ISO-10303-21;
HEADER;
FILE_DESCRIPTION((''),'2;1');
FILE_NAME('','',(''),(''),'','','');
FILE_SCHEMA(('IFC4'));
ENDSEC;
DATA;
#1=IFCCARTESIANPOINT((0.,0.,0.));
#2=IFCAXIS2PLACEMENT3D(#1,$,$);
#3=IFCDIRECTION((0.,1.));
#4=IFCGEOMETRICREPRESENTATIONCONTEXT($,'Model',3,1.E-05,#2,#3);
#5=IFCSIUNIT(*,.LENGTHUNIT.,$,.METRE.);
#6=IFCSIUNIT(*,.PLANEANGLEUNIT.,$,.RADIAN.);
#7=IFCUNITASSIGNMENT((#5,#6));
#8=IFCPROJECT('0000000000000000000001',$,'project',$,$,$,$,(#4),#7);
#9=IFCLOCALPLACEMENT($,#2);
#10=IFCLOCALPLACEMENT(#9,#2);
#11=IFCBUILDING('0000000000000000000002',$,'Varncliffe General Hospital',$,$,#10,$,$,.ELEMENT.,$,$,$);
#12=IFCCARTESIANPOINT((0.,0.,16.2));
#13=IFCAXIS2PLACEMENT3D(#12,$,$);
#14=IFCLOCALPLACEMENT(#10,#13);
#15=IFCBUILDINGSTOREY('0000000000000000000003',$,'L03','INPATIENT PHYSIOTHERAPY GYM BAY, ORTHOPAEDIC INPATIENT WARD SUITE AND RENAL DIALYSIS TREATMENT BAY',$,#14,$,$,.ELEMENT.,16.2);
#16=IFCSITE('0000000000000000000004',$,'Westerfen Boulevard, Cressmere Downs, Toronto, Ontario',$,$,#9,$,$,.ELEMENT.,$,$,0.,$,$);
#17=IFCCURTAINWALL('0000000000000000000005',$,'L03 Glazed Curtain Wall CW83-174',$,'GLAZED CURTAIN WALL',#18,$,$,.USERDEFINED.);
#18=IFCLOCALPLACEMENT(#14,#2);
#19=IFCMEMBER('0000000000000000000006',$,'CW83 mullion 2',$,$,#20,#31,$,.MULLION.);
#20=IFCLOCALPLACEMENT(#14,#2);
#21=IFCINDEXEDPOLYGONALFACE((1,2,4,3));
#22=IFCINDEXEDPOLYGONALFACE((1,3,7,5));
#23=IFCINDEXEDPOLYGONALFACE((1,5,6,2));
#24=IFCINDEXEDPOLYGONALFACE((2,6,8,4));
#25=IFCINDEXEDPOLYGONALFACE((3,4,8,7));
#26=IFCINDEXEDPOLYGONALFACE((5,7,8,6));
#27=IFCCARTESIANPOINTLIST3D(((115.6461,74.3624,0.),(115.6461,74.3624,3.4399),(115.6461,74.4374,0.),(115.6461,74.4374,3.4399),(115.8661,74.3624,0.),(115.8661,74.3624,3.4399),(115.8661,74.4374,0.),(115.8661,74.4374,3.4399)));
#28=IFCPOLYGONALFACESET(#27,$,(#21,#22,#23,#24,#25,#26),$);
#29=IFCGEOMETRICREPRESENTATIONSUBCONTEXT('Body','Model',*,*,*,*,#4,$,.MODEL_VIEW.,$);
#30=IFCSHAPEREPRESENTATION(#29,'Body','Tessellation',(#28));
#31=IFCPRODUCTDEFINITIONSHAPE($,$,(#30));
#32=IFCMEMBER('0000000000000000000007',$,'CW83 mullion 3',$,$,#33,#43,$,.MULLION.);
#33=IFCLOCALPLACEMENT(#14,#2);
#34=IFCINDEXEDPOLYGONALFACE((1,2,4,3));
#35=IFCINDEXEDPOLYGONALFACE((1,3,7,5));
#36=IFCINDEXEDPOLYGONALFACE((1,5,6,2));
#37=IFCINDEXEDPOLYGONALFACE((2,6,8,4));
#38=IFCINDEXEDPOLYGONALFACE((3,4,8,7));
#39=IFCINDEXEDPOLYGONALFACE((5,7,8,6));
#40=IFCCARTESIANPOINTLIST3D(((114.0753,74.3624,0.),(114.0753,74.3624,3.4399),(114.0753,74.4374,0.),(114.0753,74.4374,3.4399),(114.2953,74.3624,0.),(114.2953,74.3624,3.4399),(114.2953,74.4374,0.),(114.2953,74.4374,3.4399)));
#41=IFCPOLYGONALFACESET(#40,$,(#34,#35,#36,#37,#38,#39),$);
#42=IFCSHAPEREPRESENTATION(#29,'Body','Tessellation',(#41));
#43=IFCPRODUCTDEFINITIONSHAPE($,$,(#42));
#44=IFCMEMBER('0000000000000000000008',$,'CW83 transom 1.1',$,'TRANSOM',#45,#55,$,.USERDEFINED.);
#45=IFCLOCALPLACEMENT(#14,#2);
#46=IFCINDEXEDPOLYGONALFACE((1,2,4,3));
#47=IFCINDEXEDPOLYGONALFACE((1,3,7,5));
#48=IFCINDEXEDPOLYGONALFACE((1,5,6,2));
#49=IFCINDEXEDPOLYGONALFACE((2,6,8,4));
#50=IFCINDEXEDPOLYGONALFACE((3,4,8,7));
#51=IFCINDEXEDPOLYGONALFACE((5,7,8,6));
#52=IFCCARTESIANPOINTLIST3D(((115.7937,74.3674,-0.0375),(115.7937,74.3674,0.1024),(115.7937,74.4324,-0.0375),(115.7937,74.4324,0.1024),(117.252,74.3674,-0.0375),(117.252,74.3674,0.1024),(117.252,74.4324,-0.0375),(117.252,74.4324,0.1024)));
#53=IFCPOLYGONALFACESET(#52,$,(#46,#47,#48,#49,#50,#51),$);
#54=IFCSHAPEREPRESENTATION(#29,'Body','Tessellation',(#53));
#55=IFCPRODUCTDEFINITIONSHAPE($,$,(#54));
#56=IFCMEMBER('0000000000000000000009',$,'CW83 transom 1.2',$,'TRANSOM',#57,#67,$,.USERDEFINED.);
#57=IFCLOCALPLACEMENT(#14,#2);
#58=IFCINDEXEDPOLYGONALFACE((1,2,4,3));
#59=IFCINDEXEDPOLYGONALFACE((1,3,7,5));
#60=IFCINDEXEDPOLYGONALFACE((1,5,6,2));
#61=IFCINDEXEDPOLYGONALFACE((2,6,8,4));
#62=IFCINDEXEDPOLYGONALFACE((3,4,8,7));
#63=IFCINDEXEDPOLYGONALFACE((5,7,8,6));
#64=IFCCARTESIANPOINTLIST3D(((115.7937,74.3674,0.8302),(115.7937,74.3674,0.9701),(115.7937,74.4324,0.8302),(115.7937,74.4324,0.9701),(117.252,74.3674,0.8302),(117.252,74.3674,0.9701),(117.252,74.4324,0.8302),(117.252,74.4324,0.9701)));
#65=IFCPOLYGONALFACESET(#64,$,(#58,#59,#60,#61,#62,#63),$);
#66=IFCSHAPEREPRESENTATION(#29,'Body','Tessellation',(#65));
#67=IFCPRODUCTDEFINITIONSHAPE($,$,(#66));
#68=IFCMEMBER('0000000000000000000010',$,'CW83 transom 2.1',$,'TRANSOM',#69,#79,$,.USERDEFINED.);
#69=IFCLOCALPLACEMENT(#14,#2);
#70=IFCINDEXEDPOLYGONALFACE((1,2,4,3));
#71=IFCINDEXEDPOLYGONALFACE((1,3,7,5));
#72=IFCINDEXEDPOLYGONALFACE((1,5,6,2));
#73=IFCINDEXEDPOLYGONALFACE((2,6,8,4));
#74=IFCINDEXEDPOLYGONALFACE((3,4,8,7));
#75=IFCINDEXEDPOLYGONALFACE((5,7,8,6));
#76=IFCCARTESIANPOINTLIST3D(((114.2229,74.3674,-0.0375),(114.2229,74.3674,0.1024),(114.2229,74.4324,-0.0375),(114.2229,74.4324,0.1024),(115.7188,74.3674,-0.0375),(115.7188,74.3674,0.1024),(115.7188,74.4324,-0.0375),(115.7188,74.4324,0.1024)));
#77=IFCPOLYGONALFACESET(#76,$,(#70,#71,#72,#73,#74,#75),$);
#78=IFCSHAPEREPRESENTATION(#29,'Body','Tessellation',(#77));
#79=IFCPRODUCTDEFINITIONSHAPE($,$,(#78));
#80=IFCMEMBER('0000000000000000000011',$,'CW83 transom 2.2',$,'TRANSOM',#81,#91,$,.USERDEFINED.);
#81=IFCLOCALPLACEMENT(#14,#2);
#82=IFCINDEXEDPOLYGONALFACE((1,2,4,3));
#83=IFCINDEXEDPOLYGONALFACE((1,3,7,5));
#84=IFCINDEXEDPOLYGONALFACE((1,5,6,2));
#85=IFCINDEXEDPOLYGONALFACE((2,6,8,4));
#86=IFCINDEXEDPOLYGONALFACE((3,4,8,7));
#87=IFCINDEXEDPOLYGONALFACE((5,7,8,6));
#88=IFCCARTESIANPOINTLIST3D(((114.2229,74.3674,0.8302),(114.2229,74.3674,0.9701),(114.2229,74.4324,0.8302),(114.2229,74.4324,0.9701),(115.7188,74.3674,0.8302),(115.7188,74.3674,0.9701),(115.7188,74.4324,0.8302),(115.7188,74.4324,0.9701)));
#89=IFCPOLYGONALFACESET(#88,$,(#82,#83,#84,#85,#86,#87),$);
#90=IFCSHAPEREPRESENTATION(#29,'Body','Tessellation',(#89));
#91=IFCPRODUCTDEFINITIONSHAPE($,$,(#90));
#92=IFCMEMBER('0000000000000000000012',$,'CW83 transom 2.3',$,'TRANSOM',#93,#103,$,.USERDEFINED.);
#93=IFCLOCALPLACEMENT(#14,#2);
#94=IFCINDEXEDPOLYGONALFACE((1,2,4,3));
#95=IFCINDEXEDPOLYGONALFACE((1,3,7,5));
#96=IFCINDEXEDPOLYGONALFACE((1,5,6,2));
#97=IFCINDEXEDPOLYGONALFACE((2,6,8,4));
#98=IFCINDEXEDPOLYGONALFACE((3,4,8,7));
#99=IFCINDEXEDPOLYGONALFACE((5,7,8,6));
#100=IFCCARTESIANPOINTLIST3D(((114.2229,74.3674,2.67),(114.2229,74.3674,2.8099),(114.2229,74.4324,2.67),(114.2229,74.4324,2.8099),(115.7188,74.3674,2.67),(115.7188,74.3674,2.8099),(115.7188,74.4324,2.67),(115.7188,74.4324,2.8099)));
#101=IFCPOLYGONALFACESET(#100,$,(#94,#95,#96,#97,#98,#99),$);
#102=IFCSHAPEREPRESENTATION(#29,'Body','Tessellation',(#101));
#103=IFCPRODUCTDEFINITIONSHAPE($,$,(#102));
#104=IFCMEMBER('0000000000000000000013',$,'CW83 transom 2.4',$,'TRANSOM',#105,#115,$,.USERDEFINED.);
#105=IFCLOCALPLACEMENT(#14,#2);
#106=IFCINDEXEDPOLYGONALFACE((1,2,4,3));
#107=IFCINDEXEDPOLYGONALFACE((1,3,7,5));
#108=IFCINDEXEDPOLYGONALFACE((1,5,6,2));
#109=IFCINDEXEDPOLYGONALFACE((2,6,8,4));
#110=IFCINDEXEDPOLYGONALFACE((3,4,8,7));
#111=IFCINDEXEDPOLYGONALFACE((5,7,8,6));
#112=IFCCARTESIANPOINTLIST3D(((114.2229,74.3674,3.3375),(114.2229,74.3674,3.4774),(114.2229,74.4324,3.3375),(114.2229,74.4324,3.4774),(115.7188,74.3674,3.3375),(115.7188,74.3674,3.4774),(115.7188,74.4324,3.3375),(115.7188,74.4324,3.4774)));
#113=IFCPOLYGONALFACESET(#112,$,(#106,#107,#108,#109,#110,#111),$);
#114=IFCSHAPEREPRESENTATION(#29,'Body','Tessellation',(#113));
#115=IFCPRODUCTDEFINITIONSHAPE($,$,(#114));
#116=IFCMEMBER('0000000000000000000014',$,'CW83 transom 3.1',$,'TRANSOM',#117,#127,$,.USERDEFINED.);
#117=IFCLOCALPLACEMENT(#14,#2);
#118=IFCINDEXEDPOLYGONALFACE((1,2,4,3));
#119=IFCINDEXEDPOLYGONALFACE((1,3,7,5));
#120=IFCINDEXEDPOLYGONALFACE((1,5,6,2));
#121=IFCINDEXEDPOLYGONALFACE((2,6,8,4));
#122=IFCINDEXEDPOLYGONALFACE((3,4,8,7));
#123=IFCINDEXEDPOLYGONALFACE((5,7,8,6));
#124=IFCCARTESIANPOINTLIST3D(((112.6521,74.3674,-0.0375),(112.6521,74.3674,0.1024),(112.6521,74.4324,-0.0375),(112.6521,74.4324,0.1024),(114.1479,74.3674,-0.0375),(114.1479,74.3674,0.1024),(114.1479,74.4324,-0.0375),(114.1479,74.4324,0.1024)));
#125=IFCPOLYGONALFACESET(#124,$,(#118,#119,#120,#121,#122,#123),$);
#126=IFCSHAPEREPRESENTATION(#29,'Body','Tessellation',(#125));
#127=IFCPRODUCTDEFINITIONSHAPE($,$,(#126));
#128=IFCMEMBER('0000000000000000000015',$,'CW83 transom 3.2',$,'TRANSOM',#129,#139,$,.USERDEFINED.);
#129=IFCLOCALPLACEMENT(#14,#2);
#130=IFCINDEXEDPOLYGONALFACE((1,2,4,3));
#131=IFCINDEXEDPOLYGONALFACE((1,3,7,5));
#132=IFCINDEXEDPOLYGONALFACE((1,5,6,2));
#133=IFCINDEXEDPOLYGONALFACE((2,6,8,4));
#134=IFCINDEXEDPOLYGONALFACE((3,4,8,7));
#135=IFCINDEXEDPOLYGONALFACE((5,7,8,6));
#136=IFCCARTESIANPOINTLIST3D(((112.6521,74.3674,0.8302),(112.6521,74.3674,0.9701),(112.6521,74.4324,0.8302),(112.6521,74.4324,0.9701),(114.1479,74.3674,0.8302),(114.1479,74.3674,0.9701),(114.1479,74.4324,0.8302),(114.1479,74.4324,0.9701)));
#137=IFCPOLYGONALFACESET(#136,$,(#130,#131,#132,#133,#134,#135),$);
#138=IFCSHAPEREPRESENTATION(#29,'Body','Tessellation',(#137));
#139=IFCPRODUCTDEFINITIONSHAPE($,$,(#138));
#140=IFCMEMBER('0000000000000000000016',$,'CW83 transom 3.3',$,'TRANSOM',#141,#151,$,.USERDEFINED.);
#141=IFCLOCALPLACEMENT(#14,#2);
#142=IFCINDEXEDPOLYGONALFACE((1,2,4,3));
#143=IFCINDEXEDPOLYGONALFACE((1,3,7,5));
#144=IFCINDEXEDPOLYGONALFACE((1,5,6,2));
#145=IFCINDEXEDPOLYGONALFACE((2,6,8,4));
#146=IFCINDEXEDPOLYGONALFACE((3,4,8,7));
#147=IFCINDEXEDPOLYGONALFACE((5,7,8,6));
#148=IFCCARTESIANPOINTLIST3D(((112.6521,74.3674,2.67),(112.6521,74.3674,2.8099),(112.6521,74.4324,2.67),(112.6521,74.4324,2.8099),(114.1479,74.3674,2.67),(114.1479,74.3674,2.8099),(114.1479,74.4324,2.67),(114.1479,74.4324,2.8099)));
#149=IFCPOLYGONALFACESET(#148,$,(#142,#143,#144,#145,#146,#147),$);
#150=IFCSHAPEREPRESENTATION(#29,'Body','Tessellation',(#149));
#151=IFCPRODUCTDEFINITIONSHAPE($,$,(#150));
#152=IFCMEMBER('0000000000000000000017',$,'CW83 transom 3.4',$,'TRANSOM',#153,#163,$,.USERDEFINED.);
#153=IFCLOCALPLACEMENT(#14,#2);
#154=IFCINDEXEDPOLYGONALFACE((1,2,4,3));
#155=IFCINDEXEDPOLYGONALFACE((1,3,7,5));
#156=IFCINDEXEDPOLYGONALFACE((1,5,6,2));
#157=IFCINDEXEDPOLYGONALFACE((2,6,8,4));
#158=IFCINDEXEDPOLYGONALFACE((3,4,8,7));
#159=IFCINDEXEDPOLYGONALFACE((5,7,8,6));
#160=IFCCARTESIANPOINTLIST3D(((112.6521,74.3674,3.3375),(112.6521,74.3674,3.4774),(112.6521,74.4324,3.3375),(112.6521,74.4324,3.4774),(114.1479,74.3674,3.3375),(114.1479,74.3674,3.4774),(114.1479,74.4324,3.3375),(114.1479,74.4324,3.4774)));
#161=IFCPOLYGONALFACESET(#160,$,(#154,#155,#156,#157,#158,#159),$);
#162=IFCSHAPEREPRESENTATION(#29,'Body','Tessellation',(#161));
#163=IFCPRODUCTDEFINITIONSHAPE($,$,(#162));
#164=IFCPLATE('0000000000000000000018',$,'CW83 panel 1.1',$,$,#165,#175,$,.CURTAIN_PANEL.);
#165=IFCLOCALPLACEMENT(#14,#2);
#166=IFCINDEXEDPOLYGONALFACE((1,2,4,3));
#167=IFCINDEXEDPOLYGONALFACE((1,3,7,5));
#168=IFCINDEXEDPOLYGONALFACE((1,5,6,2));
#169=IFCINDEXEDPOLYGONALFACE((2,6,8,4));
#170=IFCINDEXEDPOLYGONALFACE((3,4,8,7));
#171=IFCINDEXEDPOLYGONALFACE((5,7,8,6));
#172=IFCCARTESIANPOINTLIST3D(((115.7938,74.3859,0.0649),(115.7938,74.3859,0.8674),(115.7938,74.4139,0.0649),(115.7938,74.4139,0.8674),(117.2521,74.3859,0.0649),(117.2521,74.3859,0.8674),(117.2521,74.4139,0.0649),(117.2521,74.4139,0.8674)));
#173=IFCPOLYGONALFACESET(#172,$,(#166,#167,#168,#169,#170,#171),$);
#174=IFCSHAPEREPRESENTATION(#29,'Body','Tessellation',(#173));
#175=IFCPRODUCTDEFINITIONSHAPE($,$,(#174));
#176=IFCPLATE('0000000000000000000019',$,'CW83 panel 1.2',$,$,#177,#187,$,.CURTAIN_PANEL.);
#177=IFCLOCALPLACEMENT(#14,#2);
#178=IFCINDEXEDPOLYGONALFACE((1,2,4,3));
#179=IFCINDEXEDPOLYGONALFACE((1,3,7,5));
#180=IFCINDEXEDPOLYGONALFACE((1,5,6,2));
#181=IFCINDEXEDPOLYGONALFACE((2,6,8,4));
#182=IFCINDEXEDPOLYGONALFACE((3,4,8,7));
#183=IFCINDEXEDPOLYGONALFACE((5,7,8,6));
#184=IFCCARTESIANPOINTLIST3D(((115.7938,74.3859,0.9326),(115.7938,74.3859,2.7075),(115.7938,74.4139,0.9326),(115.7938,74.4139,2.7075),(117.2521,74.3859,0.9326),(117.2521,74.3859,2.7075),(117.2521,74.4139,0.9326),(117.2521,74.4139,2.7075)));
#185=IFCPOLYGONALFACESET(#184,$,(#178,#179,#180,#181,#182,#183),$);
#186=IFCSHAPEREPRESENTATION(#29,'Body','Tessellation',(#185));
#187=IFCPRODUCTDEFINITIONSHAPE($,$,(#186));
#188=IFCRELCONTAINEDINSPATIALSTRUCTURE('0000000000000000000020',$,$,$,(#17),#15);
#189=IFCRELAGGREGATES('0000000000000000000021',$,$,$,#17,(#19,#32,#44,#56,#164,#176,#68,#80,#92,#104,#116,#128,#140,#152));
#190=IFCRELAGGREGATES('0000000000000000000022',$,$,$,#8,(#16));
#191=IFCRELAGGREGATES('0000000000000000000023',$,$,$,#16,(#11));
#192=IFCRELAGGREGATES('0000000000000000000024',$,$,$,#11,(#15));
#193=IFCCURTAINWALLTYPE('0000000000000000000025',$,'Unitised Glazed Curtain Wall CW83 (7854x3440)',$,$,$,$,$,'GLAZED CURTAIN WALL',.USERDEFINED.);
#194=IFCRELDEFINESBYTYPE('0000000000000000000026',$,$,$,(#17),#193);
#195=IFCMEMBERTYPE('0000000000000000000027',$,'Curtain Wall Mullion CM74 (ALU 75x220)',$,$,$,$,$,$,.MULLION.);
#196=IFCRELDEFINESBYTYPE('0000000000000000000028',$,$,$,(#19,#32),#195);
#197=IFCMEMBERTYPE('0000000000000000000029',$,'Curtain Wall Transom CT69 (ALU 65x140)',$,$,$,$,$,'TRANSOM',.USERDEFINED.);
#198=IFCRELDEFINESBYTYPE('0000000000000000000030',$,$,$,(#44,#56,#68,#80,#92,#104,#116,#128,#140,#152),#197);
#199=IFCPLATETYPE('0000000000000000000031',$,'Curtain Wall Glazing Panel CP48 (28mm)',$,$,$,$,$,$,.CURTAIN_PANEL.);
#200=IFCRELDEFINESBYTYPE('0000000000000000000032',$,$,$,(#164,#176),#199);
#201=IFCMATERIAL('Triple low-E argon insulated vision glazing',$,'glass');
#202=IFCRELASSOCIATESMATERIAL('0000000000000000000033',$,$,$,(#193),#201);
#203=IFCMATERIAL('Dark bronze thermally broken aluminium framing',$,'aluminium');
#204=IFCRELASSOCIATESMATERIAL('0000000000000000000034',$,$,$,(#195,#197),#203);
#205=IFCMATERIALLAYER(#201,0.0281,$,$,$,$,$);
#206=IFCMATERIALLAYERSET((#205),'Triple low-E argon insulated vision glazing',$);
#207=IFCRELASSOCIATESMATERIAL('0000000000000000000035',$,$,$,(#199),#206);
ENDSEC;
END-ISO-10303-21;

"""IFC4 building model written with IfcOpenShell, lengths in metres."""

from ifc_helpers import new_model, si_unit, direction, frame, origin, origin_2d, place, context, subcontext, project, spatial, rectangle, extrude, material, layer, layer_set, material_profile, profile_set, type_object, element, aggregate, save


model = new_model("IFC4")

# Units and contexts
model_context = context("Model", 3, precision=1e-05, world=origin(), true_north=direction((0.0, 1.0)))
body_context = subcontext(model_context, "Body", "Model", "MODEL_VIEW")
ifc_project = project(units=[si_unit("LENGTHUNIT", "METRE"), si_unit("PLANEANGLEUNIT", "RADIAN")], contexts=[model_context])

# Site, building, storey
site_placement = place(None, origin())
site = spatial("IfcSite", under=ifc_project, at=site_placement, Name="Westerfen Boulevard, Cressmere Downs, Toronto, Ontario", CompositionType="ELEMENT", RefElevation=0.0)
building_placement = place(site_placement, origin())
building = spatial("IfcBuilding", under=site, at=building_placement, Name="Varncliffe General Hospital", CompositionType="ELEMENT")
storey_placement = place(building_placement, frame((0.0, 0.0, 16.2)))
storey = spatial("IfcBuildingStorey", under=building, at=storey_placement, Name="L03", Description="INPATIENT PHYSIOTHERAPY GYM BAY, ORTHOPAEDIC INPATIENT WARD SUITE AND RENAL DIALYSIS TREATMENT BAY", CompositionType="ELEMENT", Elevation=16.2)

# Curtain wall, members, plates
ifc_material_1 = material(Name="Triple low-E argon insulated vision glazing", Category="glass")
curtain_wall_type = type_object("IfcCurtainWallType", Name="Unitised Glazed Curtain Wall CW83 (7854x3440)", ElementType="GLAZED CURTAIN WALL", PredefinedType="USERDEFINED", material=ifc_material_1)
curtain_wall_placement = place(storey_placement, origin())
curtain_wall = element("IfcCurtainWall", 1, at=curtain_wall_placement, inside=storey, type_object=curtain_wall_type, Name="L03 Glazed Curtain Wall CW83-174", ObjectType="GLAZED CURTAIN WALL", PredefinedType="USERDEFINED")
ifc_material_2 = material(Name="Dark bronze thermally broken aluminium framing", Category="aluminium")
ifc_material_profile_1 = material_profile(ifc_material_2, rectangle(XDim=0.075, YDim=0.22, at=origin_2d()), Name="ALU 75x220")
ifc_profile_set_1 = profile_set([ifc_material_profile_1], Name="Dark bronze thermally broken aluminium framing")
member_type_1 = type_object("IfcMemberType", Name="Curtain Wall Mullion CM74 (ALU 75x220)", PredefinedType="MULLION", material=ifc_profile_set_1)
member_1_placement = place(storey_placement, frame((115.7561, 74.3999, 0.0), z_axis=(0.0, 0.0, 1.0), x_axis=(0.0, -1.0, 0.0)))
member_1 = element("IfcMember", 2, at=member_1_placement, type_object=member_type_1, Name="CW83 mullion 2", PredefinedType="MULLION", context=body_context, shape_type="SweptSolid", body=[
    extrude(rectangle(XDim=0.075, YDim=0.22, at=origin_2d()), origin(), (0.0, 0.0, 1.0), 3.4399),
])
member_2_placement = place(storey_placement, frame((114.1853, 74.3999, 0.0), z_axis=(0.0, 0.0, 1.0), x_axis=(0.0, -1.0, 0.0)))
member_2 = element("IfcMember", 3, at=member_2_placement, type_object=member_type_1, Name="CW83 mullion 3", PredefinedType="MULLION", context=body_context, shape_type="SweptSolid", body=[
    extrude(rectangle(XDim=0.075, YDim=0.22, at=origin_2d()), origin(), (0.0, 0.0, 1.0), 3.4399),
])
ifc_material_profile_2 = material_profile(ifc_material_2, rectangle(XDim=0.0649, YDim=0.1399, at=origin_2d()), Name="ALU 65x140")
ifc_profile_set_2 = profile_set([ifc_material_profile_2], Name="Dark bronze thermally broken aluminium framing")
member_type_2 = type_object("IfcMemberType", Name="Curtain Wall Transom CT69 (ALU 65x140)", ElementType="TRANSOM", PredefinedType="USERDEFINED", material=ifc_profile_set_2)
member_3_placement = place(storey_placement, frame((117.252, 74.3999, 0.0325), z_axis=(-1.0, 0.0, 0.0), x_axis=(0.0, -1.0, 0.0)))
member_3 = element("IfcMember", 4, at=member_3_placement, type_object=member_type_2, Name="CW83 transom 1.1", ObjectType="TRANSOM", PredefinedType="USERDEFINED", context=body_context, shape_type="SweptSolid", body=[
    extrude(rectangle(XDim=0.0649, YDim=0.1399, at=origin_2d()), origin(), (0.0, 0.0, 1.0), 1.4583),
])
member_4_placement = place(storey_placement, frame((117.252, 74.3999, 0.9001), z_axis=(-1.0, 0.0, 0.0), x_axis=(0.0, -1.0, 0.0)))
member_4 = element("IfcMember", 5, at=member_4_placement, type_object=member_type_2, Name="CW83 transom 1.2", ObjectType="TRANSOM", PredefinedType="USERDEFINED", context=body_context, shape_type="SweptSolid", body=[
    extrude(rectangle(XDim=0.0649, YDim=0.1399, at=origin_2d()), origin(), (0.0, 0.0, 1.0), 1.4583),
])
member_5_placement = place(storey_placement, frame((115.7188, 74.3999, 0.0325), z_axis=(-1.0, 0.0, 0.0), x_axis=(0.0, -1.0, 0.0)))
member_5 = element("IfcMember", 6, at=member_5_placement, type_object=member_type_2, Name="CW83 transom 2.1", ObjectType="TRANSOM", PredefinedType="USERDEFINED", context=body_context, shape_type="SweptSolid", body=[
    extrude(rectangle(XDim=0.0649, YDim=0.1399, at=origin_2d()), origin(), (0.0, 0.0, 1.0), 1.4958),
])
member_6_placement = place(storey_placement, frame((115.7188, 74.3999, 0.9001), z_axis=(-1.0, 0.0, 0.0), x_axis=(0.0, -1.0, 0.0)))
member_6 = element("IfcMember", 7, at=member_6_placement, type_object=member_type_2, Name="CW83 transom 2.2", ObjectType="TRANSOM", PredefinedType="USERDEFINED", context=body_context, shape_type="SweptSolid", body=[
    extrude(rectangle(XDim=0.0649, YDim=0.1399, at=origin_2d()), origin(), (0.0, 0.0, 1.0), 1.4958),
])
member_7_placement = place(storey_placement, frame((115.7188, 74.3999, 2.74), z_axis=(-1.0, 0.0, 0.0), x_axis=(0.0, -1.0, 0.0)))
member_7 = element("IfcMember", 8, at=member_7_placement, type_object=member_type_2, Name="CW83 transom 2.3", ObjectType="TRANSOM", PredefinedType="USERDEFINED", context=body_context, shape_type="SweptSolid", body=[
    extrude(rectangle(XDim=0.0649, YDim=0.1399, at=origin_2d()), origin(), (0.0, 0.0, 1.0), 1.4958),
])
member_8_placement = place(storey_placement, frame((115.7188, 74.3999, 3.4075), z_axis=(-1.0, 0.0, 0.0), x_axis=(0.0, -1.0, 0.0)))
member_8 = element("IfcMember", 9, at=member_8_placement, type_object=member_type_2, Name="CW83 transom 2.4", ObjectType="TRANSOM", PredefinedType="USERDEFINED", context=body_context, shape_type="SweptSolid", body=[
    extrude(rectangle(XDim=0.0649, YDim=0.1399, at=origin_2d()), origin(), (0.0, 0.0, 1.0), 1.4958),
])
member_9_placement = place(storey_placement, frame((114.1479, 74.3999, 0.0325), z_axis=(-1.0, 0.0, 0.0), x_axis=(0.0, -1.0, 0.0)))
member_9 = element("IfcMember", 10, at=member_9_placement, type_object=member_type_2, Name="CW83 transom 3.1", ObjectType="TRANSOM", PredefinedType="USERDEFINED", context=body_context, shape_type="SweptSolid", body=[
    extrude(rectangle(XDim=0.0649, YDim=0.1399, at=origin_2d()), origin(), (0.0, 0.0, 1.0), 1.4958),
])
member_10_placement = place(storey_placement, frame((114.1479, 74.3999, 0.9001), z_axis=(-1.0, 0.0, 0.0), x_axis=(0.0, -1.0, 0.0)))
member_10 = element("IfcMember", 11, at=member_10_placement, type_object=member_type_2, Name="CW83 transom 3.2", ObjectType="TRANSOM", PredefinedType="USERDEFINED", context=body_context, shape_type="SweptSolid", body=[
    extrude(rectangle(XDim=0.0649, YDim=0.1399, at=origin_2d()), origin(), (0.0, 0.0, 1.0), 1.4958),
])
member_11_placement = place(storey_placement, frame((114.1479, 74.3999, 2.74), z_axis=(-1.0, 0.0, 0.0), x_axis=(0.0, -1.0, 0.0)))
member_11 = element("IfcMember", 12, at=member_11_placement, type_object=member_type_2, Name="CW83 transom 3.3", ObjectType="TRANSOM", PredefinedType="USERDEFINED", context=body_context, shape_type="SweptSolid", body=[
    extrude(rectangle(XDim=0.0649, YDim=0.1399, at=origin_2d()), origin(), (0.0, 0.0, 1.0), 1.4958),
])
member_12_placement = place(storey_placement, frame((114.1479, 74.3999, 3.4075), z_axis=(-1.0, 0.0, 0.0), x_axis=(0.0, -1.0, 0.0)))
member_12 = element("IfcMember", 13, at=member_12_placement, type_object=member_type_2, Name="CW83 transom 3.4", ObjectType="TRANSOM", PredefinedType="USERDEFINED", context=body_context, shape_type="SweptSolid", body=[
    extrude(rectangle(XDim=0.0649, YDim=0.1399, at=origin_2d()), origin(), (0.0, 0.0, 1.0), 1.4958),
])
ifc_layer = layer(ifc_material_1, 0.0281)
ifc_layer_set = layer_set([ifc_layer], Name="Triple low-E argon insulated vision glazing")
plate_type = type_object("IfcPlateType", Name="Curtain Wall Glazing Panel CP48 (28mm)", PredefinedType="CURTAIN_PANEL", material=ifc_layer_set)
plate_1_placement = place(storey_placement, frame((116.5229, 74.3999, 0.0649), z_axis=(0.0, 0.0, 1.0), x_axis=(-1.0, 0.0, 0.0)))
plate_1 = element("IfcPlate", 14, at=plate_1_placement, type_object=plate_type, Name="CW83 panel 1.1", PredefinedType="CURTAIN_PANEL", context=body_context, shape_type="SweptSolid", body=[
    extrude(rectangle(XDim=1.4583, YDim=0.0281, at=origin_2d()), origin(), (0.0, 0.0, 1.0), 0.8025),
])
plate_2_placement = place(storey_placement, frame((116.5229, 74.3999, 0.9326), z_axis=(0.0, 0.0, 1.0), x_axis=(-1.0, 0.0, 0.0)))
plate_2 = element("IfcPlate", 15, at=plate_2_placement, type_object=plate_type, Name="CW83 panel 1.2", PredefinedType="CURTAIN_PANEL", context=body_context, shape_type="SweptSolid", body=[
    extrude(rectangle(XDim=1.4583, YDim=0.0281, at=origin_2d()), origin(), (0.0, 0.0, 1.0), 1.7749),
])
aggregate(curtain_wall, [member_1, member_2, member_3, member_4, plate_1, plate_2, member_5, member_6, member_7, member_8, member_9, member_10, member_11, member_12])

save(model, "model.ifc")
